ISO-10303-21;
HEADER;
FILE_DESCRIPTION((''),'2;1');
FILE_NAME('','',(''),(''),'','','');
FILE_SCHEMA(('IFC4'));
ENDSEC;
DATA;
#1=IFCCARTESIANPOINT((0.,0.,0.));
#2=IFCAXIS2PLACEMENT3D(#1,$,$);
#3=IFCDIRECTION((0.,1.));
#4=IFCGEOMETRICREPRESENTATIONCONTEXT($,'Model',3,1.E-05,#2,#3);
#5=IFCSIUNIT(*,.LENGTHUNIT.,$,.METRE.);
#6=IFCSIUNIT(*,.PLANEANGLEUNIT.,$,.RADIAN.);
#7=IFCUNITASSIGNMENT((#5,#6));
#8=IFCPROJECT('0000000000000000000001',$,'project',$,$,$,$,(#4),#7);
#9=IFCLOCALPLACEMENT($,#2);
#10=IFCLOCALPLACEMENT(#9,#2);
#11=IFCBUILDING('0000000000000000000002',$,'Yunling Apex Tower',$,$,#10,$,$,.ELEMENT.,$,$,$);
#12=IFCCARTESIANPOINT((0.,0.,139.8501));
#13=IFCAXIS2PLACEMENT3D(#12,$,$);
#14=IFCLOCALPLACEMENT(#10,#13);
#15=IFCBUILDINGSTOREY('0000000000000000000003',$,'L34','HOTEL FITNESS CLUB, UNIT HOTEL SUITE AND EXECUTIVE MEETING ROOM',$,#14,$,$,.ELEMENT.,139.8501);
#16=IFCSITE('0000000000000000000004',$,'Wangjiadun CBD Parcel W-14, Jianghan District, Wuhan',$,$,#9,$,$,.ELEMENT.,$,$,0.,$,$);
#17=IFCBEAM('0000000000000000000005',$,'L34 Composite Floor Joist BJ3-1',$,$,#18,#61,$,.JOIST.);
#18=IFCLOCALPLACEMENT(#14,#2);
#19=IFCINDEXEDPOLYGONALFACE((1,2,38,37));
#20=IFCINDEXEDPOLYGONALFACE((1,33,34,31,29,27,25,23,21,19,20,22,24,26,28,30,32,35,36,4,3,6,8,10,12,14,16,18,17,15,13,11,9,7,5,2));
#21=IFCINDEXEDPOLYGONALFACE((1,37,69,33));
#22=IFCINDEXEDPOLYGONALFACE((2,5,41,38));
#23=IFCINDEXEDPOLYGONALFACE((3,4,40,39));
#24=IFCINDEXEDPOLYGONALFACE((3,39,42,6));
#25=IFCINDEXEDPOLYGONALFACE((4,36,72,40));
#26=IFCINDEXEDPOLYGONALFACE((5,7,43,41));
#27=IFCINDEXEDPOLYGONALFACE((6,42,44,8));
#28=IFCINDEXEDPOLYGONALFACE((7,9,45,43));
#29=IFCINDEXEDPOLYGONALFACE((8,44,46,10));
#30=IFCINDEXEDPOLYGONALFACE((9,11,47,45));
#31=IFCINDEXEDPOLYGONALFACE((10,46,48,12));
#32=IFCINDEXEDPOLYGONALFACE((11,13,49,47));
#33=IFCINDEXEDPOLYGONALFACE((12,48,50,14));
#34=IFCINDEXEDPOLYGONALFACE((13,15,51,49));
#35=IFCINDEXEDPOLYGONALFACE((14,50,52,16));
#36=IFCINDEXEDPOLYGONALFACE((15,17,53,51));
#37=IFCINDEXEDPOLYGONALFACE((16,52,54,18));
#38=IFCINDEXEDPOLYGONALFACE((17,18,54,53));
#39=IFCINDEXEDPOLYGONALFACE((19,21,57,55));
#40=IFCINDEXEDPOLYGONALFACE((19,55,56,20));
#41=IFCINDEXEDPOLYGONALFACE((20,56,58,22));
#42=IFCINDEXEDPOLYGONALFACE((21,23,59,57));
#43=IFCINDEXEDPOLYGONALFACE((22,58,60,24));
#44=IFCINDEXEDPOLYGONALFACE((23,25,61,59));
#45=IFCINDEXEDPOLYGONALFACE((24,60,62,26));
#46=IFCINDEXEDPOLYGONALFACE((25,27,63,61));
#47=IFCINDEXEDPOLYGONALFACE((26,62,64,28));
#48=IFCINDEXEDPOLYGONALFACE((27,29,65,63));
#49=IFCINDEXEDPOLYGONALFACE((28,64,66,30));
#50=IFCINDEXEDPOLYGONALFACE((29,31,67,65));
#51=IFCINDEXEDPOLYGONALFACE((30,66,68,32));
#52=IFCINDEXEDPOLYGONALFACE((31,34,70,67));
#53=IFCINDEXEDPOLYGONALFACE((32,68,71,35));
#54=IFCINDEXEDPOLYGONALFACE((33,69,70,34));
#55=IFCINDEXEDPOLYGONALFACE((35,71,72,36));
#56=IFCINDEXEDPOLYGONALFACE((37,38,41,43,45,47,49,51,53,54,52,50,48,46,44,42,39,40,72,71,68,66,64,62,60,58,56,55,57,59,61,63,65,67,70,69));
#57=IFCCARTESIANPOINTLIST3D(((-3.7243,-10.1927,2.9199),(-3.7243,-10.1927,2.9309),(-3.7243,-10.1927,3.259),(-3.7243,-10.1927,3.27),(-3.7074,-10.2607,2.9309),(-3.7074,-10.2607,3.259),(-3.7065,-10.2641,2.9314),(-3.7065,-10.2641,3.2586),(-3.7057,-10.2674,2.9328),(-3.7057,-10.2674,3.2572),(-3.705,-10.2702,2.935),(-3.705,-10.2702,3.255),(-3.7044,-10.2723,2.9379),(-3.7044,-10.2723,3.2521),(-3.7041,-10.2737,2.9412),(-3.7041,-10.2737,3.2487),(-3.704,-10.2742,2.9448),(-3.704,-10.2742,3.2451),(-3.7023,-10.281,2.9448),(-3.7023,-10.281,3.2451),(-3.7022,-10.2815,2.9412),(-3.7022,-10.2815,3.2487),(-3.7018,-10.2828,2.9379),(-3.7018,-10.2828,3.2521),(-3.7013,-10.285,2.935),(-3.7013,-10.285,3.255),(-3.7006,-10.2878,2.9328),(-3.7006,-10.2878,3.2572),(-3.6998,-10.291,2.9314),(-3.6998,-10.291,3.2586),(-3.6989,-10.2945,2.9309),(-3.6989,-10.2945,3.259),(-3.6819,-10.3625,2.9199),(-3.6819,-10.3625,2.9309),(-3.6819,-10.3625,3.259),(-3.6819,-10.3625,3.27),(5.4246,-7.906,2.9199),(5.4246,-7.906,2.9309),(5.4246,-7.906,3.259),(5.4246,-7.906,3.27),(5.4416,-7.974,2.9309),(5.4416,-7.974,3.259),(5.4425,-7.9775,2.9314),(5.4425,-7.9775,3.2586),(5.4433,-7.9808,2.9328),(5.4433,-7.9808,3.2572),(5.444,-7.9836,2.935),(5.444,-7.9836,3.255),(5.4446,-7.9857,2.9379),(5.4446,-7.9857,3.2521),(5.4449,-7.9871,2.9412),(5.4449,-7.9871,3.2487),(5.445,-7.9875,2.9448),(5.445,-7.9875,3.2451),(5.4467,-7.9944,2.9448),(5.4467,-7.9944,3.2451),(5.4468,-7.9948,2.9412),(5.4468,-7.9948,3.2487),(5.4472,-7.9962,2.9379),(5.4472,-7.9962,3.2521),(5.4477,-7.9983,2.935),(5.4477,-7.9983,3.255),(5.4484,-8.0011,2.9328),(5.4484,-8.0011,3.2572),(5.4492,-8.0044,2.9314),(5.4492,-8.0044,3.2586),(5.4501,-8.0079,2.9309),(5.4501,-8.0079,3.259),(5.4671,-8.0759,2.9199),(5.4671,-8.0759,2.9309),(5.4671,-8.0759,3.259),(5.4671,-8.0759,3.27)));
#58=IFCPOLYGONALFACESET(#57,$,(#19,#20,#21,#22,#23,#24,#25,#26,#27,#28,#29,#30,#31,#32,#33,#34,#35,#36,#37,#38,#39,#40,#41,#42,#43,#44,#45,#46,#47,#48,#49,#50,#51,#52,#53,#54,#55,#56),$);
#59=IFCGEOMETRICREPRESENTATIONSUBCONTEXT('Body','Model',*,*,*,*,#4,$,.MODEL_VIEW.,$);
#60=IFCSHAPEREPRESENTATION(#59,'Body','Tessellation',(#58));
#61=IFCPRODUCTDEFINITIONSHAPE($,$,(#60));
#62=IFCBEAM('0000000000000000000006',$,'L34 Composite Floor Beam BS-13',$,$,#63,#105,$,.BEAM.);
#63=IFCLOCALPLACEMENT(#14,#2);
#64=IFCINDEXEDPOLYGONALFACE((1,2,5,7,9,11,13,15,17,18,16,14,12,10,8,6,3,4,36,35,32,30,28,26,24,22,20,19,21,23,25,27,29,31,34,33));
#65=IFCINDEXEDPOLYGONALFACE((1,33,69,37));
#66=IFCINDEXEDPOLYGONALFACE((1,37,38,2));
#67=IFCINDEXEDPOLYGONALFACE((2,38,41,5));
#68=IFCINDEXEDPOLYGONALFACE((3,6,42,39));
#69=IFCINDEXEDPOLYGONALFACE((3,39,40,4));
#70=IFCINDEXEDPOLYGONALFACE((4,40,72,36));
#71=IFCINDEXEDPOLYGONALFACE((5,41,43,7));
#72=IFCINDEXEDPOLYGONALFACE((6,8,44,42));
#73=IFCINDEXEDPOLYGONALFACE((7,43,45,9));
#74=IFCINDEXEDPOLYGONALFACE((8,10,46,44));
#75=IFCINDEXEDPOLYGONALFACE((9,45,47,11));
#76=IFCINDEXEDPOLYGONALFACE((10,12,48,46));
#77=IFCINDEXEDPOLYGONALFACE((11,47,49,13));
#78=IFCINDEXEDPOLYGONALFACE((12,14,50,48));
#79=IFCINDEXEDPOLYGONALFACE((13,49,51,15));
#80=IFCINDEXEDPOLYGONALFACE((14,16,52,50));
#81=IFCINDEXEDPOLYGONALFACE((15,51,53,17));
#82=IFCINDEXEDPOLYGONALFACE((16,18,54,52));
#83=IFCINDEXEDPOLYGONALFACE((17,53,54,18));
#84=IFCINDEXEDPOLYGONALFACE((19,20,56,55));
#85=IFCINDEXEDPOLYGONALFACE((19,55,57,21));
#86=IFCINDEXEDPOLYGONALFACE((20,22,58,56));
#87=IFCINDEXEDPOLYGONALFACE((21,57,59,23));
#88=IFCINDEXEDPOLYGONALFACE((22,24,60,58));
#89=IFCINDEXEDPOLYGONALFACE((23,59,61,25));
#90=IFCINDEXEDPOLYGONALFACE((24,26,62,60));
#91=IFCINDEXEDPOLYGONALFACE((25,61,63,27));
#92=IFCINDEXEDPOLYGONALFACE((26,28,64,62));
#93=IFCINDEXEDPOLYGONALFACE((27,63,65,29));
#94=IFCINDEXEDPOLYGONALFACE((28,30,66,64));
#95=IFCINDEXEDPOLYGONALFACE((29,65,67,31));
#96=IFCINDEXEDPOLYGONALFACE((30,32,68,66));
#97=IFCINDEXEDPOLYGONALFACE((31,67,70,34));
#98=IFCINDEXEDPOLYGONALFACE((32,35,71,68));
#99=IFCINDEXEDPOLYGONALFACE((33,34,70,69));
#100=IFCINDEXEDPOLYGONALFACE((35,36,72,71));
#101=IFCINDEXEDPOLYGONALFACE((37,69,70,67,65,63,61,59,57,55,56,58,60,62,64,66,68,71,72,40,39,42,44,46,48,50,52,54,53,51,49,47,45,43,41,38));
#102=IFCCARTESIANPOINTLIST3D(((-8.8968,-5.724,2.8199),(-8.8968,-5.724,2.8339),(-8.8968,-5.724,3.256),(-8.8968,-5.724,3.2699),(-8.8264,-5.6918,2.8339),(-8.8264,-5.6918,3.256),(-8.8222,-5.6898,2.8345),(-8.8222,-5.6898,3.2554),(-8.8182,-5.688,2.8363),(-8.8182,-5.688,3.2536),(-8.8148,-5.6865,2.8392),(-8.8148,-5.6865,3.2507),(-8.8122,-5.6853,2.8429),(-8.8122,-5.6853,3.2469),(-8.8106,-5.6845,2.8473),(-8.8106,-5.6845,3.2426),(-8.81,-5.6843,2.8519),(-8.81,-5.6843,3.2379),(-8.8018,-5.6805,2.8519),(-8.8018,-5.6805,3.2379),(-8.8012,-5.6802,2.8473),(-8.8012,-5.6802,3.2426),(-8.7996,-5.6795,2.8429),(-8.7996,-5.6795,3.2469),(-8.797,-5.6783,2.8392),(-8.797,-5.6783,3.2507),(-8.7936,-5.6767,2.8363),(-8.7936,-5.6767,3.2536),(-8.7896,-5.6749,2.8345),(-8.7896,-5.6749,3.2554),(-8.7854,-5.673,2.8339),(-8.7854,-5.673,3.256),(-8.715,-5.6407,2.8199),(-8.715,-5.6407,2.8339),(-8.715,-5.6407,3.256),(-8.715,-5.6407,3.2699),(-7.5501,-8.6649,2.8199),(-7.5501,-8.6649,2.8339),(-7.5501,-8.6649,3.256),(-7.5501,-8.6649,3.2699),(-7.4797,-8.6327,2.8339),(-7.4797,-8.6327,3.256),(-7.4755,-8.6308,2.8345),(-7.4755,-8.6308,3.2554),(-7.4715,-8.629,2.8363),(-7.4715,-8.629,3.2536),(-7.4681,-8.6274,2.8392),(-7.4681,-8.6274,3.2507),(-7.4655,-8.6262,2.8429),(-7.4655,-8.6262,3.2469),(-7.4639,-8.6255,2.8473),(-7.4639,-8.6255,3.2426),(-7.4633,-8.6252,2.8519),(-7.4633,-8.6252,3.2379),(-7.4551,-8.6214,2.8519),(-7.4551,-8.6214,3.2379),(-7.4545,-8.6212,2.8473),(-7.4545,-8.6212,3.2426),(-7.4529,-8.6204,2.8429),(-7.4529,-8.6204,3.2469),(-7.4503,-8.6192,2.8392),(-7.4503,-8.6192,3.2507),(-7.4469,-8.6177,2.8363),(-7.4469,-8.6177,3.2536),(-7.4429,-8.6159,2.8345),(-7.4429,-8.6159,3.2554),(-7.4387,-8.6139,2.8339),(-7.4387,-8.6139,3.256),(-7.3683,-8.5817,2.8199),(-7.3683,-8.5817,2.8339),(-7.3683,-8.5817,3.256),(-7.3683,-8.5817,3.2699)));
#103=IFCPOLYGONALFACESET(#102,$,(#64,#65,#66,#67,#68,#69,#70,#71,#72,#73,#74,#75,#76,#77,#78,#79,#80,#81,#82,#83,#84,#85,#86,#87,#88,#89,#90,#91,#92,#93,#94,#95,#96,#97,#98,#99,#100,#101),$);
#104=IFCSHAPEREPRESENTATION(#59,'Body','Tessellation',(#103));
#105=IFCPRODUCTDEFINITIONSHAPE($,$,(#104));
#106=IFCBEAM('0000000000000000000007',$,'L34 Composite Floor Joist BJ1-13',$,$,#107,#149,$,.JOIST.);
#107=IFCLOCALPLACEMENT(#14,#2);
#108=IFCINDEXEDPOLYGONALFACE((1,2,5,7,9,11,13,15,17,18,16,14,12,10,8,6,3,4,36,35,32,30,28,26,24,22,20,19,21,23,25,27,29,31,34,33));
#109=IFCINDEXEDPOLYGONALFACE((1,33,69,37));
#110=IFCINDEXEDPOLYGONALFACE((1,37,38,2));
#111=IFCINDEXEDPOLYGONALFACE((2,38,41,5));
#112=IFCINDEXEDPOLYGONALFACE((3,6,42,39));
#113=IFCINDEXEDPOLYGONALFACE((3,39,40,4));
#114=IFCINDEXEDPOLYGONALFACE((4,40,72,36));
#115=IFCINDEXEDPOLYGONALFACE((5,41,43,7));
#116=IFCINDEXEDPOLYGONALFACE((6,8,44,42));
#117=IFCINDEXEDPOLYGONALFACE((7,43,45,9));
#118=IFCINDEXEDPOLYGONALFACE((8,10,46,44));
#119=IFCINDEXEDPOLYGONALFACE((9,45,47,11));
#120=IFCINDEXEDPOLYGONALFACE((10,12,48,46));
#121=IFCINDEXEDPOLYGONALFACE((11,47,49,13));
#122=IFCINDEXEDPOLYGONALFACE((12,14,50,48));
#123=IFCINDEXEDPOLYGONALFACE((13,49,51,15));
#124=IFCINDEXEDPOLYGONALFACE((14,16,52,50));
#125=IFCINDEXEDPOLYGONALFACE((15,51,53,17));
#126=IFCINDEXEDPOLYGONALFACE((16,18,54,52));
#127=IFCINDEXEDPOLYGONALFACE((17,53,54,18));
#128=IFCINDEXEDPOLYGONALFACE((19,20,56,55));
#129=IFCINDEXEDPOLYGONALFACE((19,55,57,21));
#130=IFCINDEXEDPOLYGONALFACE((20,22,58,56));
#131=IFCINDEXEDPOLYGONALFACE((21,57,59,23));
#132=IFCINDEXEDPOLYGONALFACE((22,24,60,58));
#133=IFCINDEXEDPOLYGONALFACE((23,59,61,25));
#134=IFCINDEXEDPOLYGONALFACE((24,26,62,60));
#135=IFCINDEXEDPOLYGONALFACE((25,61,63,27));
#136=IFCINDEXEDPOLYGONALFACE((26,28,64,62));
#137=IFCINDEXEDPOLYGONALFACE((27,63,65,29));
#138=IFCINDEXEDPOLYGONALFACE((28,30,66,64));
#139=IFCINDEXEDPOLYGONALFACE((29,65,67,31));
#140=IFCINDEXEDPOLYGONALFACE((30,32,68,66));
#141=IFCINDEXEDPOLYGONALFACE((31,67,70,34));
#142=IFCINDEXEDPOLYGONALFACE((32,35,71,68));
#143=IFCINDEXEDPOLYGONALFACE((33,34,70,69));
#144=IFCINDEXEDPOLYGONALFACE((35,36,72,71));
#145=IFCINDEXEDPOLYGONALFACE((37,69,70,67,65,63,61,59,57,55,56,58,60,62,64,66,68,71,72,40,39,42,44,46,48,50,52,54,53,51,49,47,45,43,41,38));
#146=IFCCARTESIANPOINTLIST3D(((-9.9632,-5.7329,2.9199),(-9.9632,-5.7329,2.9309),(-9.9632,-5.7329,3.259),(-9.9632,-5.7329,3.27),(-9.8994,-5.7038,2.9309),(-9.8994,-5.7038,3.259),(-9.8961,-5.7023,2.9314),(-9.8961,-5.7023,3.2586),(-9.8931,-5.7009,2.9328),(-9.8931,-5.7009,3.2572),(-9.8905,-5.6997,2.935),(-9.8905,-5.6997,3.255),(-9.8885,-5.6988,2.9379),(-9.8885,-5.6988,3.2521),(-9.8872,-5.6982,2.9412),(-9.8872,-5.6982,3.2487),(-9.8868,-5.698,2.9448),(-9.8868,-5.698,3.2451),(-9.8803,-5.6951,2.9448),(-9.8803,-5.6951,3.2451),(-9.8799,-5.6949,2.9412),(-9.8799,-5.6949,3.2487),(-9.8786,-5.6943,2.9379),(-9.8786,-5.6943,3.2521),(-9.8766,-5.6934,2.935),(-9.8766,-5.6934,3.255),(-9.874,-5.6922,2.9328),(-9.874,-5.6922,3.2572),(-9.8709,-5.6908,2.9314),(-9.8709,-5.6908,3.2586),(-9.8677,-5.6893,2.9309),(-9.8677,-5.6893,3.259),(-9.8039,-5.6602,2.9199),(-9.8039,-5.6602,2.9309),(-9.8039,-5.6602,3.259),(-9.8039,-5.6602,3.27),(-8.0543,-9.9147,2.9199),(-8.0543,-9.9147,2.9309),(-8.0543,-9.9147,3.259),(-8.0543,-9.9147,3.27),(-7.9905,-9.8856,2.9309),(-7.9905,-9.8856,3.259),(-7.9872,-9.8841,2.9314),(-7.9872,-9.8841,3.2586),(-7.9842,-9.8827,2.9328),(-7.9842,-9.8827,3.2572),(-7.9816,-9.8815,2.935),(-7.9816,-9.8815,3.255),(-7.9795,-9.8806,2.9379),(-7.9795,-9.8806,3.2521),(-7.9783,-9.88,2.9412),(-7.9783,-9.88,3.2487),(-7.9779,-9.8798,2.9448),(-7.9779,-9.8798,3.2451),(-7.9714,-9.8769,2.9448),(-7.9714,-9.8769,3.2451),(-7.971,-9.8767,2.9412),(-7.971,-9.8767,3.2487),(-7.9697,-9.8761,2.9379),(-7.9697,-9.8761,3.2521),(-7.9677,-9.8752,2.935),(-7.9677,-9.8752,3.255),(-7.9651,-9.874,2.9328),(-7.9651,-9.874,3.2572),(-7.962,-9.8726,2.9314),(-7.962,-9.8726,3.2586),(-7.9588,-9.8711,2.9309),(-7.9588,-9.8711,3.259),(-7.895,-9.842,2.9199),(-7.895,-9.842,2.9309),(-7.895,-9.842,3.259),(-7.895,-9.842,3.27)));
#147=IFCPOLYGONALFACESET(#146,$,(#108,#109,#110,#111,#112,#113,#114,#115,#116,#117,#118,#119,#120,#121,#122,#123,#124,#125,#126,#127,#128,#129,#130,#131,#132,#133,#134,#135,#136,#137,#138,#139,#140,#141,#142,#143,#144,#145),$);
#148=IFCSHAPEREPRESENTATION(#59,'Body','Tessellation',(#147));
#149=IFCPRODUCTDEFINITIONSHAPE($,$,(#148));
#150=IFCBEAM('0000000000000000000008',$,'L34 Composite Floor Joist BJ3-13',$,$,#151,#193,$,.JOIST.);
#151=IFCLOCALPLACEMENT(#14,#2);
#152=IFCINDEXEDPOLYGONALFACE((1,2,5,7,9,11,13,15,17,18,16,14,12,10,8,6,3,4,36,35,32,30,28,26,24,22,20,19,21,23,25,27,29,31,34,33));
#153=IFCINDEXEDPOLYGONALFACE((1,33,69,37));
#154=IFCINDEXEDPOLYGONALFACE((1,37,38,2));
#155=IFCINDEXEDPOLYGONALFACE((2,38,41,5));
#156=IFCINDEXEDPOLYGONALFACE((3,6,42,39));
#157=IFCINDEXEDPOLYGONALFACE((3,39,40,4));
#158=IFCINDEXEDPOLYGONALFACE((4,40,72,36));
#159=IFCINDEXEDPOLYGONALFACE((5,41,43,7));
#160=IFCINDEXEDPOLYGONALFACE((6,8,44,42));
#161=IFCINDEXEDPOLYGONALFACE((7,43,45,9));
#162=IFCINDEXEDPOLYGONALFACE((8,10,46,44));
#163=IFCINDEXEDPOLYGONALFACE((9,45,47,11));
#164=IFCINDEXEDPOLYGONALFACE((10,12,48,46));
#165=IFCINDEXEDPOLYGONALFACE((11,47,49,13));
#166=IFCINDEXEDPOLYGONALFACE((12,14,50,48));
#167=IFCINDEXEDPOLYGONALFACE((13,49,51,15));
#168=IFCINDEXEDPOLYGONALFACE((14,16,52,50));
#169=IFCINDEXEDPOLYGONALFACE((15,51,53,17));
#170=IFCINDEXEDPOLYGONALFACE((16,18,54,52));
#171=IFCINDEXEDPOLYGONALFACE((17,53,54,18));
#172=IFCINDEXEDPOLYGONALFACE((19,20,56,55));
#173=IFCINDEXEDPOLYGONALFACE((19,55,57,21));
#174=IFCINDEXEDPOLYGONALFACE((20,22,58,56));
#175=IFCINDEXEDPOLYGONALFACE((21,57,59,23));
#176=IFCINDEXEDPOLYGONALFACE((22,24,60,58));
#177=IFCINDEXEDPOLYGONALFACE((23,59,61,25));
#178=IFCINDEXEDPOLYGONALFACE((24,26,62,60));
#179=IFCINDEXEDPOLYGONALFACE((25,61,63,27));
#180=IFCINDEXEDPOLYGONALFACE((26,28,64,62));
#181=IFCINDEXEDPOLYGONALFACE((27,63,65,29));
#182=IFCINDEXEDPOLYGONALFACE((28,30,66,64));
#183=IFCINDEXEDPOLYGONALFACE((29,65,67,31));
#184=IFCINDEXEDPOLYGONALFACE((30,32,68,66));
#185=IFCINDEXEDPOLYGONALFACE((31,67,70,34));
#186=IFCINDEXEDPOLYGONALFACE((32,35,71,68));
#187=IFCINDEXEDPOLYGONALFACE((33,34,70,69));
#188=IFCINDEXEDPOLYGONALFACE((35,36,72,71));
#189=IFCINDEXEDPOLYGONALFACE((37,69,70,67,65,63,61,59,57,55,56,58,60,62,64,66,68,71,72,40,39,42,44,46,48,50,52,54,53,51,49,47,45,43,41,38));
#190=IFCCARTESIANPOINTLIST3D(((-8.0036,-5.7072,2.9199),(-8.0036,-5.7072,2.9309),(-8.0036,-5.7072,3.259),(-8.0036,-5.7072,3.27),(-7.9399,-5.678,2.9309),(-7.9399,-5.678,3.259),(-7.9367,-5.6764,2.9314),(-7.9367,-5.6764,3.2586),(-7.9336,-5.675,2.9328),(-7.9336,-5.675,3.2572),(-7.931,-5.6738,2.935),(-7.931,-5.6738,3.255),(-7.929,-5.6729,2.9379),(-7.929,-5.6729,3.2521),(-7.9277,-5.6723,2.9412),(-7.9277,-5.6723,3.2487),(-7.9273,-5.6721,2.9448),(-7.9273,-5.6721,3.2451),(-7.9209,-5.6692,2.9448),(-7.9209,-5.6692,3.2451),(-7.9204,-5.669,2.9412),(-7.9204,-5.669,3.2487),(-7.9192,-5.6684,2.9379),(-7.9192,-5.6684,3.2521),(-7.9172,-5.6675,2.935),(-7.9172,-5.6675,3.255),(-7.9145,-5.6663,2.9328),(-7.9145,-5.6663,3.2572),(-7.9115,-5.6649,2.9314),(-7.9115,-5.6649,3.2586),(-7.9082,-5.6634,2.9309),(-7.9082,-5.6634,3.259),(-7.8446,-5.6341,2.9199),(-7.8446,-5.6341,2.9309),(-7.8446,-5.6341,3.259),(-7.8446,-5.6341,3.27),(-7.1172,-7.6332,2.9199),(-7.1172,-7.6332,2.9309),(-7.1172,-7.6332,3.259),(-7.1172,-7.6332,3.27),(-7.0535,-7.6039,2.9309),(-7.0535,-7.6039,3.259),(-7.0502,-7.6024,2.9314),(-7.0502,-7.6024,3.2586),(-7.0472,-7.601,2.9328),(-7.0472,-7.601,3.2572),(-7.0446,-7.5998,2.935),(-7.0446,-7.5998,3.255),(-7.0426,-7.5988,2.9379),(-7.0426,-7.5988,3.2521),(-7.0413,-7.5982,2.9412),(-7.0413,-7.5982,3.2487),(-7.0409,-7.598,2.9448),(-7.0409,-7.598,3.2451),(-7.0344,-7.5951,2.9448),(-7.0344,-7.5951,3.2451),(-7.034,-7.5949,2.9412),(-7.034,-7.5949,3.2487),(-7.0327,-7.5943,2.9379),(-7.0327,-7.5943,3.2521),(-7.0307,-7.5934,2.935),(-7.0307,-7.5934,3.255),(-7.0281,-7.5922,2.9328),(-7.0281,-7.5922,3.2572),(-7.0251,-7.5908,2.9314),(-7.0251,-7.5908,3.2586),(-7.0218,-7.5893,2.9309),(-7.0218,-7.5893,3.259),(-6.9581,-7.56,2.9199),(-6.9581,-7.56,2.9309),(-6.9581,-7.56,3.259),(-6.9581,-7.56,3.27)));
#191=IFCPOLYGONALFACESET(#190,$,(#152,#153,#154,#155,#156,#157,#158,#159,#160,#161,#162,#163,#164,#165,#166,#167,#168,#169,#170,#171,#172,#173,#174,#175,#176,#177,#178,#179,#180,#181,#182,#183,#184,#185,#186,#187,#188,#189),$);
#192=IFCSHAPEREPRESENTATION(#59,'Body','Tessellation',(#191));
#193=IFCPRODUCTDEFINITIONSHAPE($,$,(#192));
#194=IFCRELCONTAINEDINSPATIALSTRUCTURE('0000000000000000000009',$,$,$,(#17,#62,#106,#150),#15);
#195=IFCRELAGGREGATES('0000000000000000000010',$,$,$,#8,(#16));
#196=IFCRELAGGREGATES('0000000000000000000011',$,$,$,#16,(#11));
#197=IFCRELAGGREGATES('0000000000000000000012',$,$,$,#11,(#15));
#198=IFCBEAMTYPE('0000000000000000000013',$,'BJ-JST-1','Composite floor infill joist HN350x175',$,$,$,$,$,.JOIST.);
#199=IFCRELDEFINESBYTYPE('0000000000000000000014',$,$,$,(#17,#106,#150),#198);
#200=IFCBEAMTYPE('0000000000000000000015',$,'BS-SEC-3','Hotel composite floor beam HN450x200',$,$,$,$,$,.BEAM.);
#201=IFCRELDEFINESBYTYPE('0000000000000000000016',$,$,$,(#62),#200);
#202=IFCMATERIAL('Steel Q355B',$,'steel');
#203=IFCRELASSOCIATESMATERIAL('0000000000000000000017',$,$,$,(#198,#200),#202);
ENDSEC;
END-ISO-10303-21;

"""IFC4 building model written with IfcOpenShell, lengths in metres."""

from ifc_helpers import new_model, si_unit, direction, frame, origin, origin_2d, place, context, subcontext, project, spatial, i_section, extrude, source, transform, mapped, material, material_profile, profile_set, type_object, element, save


model = new_model("IFC4")

# Units and contexts
model_context = context("Model", 3, precision=1e-05, world=origin(), true_north=direction((0.0, 1.0)))
body_context = subcontext(model_context, "Body", "Model", "MODEL_VIEW")
ifc_project = project(units=[si_unit("LENGTHUNIT", "METRE"), si_unit("PLANEANGLEUNIT", "RADIAN")], contexts=[model_context])

# Site, building, storey
site_placement = place(None, origin())
site = spatial("IfcSite", under=ifc_project, at=site_placement, Name="Wangjiadun CBD Parcel W-14, Jianghan District, Wuhan", CompositionType="ELEMENT", RefElevation=0.0)
building_placement = place(site_placement, origin())
building = spatial("IfcBuilding", under=site, at=building_placement, Name="Yunling Apex Tower", CompositionType="ELEMENT")
storey_placement = place(building_placement, frame((0.0, 0.0, 139.8501)))
storey = spatial("IfcBuildingStorey", under=building, at=storey_placement, Name="L34", Description="HOTEL FITNESS CLUB, UNIT HOTEL SUITE AND EXECUTIVE MEETING ROOM", CompositionType="ELEMENT", Elevation=139.8501)

# Beams
ifc_material_1 = material(Name="Steel Q355B", Category="steel")
ifc_material_profile_1 = material_profile(ifc_material_1, i_section(OverallWidth=0.175, OverallDepth=0.3501, WebThickness=0.0071, FlangeThickness=0.011, FilletRadius=0.0139, at=origin_2d()))
ifc_profile_set_1 = profile_set([ifc_material_profile_1], Name="Steel Q355B")
beam_type_1 = type_object("IfcBeamType", Name="BJ-JST-1", Description="Composite floor infill joist HN350x175", PredefinedType="JOIST", material=ifc_profile_set_1)
shared_shape_1 = source(origin(), body_context, "Body", "SweptSolid", [
    extrude(i_section(OverallWidth=0.175, OverallDepth=0.3501, WebThickness=0.0071, FlangeThickness=0.011, FilletRadius=0.0139, at=origin_2d()), origin(), (0.0, 0.0, 1.0), 9.4304),
])
beam_1_placement = place(storey_placement, frame((-3.7031, -10.2776, 3.095), z_axis=(0.970158, 0.242475, 0.0), x_axis=(-0.242475, 0.970158, 0.0)))
element("IfcBeam", 1, at=beam_1_placement, inside=storey, type_object=beam_type_1, Name="L34 Composite Floor Joist BJ3-1", PredefinedType="JOIST", context=body_context, shape_type="MappedRepresentation", body=[
    mapped(shared_shape_1, transform((0.0, 0.0, 0.0), scale=1.0)),
])
ifc_material_profile_2 = material_profile(ifc_material_1, i_section(OverallWidth=0.2, OverallDepth=0.45, WebThickness=0.009, FlangeThickness=0.0139, FilletRadius=0.0181, at=origin_2d()))
ifc_profile_set_2 = profile_set([ifc_material_profile_2], Name="Steel Q355B")
beam_type_2 = type_object("IfcBeamType", Name="BS-SEC-3", Description="Hotel composite floor beam HN450x200", PredefinedType="BEAM", material=ifc_profile_set_2)
shared_shape_2 = source(origin(), body_context, "Body", "SweptSolid", [
    extrude(i_section(OverallWidth=0.2, OverallDepth=0.45, WebThickness=0.009, FlangeThickness=0.0139, FilletRadius=0.0181, at=origin_2d()), origin(), (0.0, 0.0, 1.0), 3.2346),
])
beam_2_placement = place(storey_placement, frame((-8.8059, -5.6824, 3.0449), z_axis=(0.416338, -0.90921, 0.0), x_axis=(0.90921, 0.416338, 0.0)))
element("IfcBeam", 2, at=beam_2_placement, inside=storey, type_object=beam_type_2, Name="L34 Composite Floor Beam BS-13", PredefinedType="BEAM", context=body_context, shape_type="MappedRepresentation", body=[
    mapped(shared_shape_2, transform((0.0, 0.0, 0.0), scale=1.0)),
])
shared_shape_3 = source(origin(), body_context, "Body", "SweptSolid", [
    extrude(i_section(OverallWidth=0.175, OverallDepth=0.3501, WebThickness=0.0071, FlangeThickness=0.011, FilletRadius=0.0139, at=origin_2d()), origin(), (0.0, 0.0, 1.0), 4.5969),
])
beam_3_placement = place(storey_placement, frame((-9.8835, -5.6965, 3.095), z_axis=(0.415259, -0.909703, 0.0), x_axis=(0.909703, 0.415259, 0.0)))
element("IfcBeam", 3, at=beam_3_placement, inside=storey, type_object=beam_type_1, Name="L34 Composite Floor Joist BJ1-13", PredefinedType="JOIST", context=body_context, shape_type="MappedRepresentation", body=[
    mapped(shared_shape_3, transform((0.0, 0.0, 0.0), scale=1.0)),
])
shared_shape_4 = source(origin(), body_context, "Body", "SweptSolid", [
    extrude(i_section(OverallWidth=0.175, OverallDepth=0.3501, WebThickness=0.0071, FlangeThickness=0.011, FilletRadius=0.0139, at=origin_2d()), origin(), (0.0, 0.0, 1.0), 2.1201),
])
beam_4_placement = place(storey_placement, frame((-7.9241, -5.6707, 3.095), z_axis=(0.418101, -0.9084, 0.0), x_axis=(0.9084, 0.418101, 0.0)))
element("IfcBeam", 4, at=beam_4_placement, inside=storey, type_object=beam_type_1, Name="L34 Composite Floor Joist BJ3-13", PredefinedType="JOIST", context=body_context, shape_type="MappedRepresentation", body=[
    mapped(shared_shape_4, transform((0.0, 0.0, 0.0), scale=1.0)),
])

save(model, "model.ifc")
